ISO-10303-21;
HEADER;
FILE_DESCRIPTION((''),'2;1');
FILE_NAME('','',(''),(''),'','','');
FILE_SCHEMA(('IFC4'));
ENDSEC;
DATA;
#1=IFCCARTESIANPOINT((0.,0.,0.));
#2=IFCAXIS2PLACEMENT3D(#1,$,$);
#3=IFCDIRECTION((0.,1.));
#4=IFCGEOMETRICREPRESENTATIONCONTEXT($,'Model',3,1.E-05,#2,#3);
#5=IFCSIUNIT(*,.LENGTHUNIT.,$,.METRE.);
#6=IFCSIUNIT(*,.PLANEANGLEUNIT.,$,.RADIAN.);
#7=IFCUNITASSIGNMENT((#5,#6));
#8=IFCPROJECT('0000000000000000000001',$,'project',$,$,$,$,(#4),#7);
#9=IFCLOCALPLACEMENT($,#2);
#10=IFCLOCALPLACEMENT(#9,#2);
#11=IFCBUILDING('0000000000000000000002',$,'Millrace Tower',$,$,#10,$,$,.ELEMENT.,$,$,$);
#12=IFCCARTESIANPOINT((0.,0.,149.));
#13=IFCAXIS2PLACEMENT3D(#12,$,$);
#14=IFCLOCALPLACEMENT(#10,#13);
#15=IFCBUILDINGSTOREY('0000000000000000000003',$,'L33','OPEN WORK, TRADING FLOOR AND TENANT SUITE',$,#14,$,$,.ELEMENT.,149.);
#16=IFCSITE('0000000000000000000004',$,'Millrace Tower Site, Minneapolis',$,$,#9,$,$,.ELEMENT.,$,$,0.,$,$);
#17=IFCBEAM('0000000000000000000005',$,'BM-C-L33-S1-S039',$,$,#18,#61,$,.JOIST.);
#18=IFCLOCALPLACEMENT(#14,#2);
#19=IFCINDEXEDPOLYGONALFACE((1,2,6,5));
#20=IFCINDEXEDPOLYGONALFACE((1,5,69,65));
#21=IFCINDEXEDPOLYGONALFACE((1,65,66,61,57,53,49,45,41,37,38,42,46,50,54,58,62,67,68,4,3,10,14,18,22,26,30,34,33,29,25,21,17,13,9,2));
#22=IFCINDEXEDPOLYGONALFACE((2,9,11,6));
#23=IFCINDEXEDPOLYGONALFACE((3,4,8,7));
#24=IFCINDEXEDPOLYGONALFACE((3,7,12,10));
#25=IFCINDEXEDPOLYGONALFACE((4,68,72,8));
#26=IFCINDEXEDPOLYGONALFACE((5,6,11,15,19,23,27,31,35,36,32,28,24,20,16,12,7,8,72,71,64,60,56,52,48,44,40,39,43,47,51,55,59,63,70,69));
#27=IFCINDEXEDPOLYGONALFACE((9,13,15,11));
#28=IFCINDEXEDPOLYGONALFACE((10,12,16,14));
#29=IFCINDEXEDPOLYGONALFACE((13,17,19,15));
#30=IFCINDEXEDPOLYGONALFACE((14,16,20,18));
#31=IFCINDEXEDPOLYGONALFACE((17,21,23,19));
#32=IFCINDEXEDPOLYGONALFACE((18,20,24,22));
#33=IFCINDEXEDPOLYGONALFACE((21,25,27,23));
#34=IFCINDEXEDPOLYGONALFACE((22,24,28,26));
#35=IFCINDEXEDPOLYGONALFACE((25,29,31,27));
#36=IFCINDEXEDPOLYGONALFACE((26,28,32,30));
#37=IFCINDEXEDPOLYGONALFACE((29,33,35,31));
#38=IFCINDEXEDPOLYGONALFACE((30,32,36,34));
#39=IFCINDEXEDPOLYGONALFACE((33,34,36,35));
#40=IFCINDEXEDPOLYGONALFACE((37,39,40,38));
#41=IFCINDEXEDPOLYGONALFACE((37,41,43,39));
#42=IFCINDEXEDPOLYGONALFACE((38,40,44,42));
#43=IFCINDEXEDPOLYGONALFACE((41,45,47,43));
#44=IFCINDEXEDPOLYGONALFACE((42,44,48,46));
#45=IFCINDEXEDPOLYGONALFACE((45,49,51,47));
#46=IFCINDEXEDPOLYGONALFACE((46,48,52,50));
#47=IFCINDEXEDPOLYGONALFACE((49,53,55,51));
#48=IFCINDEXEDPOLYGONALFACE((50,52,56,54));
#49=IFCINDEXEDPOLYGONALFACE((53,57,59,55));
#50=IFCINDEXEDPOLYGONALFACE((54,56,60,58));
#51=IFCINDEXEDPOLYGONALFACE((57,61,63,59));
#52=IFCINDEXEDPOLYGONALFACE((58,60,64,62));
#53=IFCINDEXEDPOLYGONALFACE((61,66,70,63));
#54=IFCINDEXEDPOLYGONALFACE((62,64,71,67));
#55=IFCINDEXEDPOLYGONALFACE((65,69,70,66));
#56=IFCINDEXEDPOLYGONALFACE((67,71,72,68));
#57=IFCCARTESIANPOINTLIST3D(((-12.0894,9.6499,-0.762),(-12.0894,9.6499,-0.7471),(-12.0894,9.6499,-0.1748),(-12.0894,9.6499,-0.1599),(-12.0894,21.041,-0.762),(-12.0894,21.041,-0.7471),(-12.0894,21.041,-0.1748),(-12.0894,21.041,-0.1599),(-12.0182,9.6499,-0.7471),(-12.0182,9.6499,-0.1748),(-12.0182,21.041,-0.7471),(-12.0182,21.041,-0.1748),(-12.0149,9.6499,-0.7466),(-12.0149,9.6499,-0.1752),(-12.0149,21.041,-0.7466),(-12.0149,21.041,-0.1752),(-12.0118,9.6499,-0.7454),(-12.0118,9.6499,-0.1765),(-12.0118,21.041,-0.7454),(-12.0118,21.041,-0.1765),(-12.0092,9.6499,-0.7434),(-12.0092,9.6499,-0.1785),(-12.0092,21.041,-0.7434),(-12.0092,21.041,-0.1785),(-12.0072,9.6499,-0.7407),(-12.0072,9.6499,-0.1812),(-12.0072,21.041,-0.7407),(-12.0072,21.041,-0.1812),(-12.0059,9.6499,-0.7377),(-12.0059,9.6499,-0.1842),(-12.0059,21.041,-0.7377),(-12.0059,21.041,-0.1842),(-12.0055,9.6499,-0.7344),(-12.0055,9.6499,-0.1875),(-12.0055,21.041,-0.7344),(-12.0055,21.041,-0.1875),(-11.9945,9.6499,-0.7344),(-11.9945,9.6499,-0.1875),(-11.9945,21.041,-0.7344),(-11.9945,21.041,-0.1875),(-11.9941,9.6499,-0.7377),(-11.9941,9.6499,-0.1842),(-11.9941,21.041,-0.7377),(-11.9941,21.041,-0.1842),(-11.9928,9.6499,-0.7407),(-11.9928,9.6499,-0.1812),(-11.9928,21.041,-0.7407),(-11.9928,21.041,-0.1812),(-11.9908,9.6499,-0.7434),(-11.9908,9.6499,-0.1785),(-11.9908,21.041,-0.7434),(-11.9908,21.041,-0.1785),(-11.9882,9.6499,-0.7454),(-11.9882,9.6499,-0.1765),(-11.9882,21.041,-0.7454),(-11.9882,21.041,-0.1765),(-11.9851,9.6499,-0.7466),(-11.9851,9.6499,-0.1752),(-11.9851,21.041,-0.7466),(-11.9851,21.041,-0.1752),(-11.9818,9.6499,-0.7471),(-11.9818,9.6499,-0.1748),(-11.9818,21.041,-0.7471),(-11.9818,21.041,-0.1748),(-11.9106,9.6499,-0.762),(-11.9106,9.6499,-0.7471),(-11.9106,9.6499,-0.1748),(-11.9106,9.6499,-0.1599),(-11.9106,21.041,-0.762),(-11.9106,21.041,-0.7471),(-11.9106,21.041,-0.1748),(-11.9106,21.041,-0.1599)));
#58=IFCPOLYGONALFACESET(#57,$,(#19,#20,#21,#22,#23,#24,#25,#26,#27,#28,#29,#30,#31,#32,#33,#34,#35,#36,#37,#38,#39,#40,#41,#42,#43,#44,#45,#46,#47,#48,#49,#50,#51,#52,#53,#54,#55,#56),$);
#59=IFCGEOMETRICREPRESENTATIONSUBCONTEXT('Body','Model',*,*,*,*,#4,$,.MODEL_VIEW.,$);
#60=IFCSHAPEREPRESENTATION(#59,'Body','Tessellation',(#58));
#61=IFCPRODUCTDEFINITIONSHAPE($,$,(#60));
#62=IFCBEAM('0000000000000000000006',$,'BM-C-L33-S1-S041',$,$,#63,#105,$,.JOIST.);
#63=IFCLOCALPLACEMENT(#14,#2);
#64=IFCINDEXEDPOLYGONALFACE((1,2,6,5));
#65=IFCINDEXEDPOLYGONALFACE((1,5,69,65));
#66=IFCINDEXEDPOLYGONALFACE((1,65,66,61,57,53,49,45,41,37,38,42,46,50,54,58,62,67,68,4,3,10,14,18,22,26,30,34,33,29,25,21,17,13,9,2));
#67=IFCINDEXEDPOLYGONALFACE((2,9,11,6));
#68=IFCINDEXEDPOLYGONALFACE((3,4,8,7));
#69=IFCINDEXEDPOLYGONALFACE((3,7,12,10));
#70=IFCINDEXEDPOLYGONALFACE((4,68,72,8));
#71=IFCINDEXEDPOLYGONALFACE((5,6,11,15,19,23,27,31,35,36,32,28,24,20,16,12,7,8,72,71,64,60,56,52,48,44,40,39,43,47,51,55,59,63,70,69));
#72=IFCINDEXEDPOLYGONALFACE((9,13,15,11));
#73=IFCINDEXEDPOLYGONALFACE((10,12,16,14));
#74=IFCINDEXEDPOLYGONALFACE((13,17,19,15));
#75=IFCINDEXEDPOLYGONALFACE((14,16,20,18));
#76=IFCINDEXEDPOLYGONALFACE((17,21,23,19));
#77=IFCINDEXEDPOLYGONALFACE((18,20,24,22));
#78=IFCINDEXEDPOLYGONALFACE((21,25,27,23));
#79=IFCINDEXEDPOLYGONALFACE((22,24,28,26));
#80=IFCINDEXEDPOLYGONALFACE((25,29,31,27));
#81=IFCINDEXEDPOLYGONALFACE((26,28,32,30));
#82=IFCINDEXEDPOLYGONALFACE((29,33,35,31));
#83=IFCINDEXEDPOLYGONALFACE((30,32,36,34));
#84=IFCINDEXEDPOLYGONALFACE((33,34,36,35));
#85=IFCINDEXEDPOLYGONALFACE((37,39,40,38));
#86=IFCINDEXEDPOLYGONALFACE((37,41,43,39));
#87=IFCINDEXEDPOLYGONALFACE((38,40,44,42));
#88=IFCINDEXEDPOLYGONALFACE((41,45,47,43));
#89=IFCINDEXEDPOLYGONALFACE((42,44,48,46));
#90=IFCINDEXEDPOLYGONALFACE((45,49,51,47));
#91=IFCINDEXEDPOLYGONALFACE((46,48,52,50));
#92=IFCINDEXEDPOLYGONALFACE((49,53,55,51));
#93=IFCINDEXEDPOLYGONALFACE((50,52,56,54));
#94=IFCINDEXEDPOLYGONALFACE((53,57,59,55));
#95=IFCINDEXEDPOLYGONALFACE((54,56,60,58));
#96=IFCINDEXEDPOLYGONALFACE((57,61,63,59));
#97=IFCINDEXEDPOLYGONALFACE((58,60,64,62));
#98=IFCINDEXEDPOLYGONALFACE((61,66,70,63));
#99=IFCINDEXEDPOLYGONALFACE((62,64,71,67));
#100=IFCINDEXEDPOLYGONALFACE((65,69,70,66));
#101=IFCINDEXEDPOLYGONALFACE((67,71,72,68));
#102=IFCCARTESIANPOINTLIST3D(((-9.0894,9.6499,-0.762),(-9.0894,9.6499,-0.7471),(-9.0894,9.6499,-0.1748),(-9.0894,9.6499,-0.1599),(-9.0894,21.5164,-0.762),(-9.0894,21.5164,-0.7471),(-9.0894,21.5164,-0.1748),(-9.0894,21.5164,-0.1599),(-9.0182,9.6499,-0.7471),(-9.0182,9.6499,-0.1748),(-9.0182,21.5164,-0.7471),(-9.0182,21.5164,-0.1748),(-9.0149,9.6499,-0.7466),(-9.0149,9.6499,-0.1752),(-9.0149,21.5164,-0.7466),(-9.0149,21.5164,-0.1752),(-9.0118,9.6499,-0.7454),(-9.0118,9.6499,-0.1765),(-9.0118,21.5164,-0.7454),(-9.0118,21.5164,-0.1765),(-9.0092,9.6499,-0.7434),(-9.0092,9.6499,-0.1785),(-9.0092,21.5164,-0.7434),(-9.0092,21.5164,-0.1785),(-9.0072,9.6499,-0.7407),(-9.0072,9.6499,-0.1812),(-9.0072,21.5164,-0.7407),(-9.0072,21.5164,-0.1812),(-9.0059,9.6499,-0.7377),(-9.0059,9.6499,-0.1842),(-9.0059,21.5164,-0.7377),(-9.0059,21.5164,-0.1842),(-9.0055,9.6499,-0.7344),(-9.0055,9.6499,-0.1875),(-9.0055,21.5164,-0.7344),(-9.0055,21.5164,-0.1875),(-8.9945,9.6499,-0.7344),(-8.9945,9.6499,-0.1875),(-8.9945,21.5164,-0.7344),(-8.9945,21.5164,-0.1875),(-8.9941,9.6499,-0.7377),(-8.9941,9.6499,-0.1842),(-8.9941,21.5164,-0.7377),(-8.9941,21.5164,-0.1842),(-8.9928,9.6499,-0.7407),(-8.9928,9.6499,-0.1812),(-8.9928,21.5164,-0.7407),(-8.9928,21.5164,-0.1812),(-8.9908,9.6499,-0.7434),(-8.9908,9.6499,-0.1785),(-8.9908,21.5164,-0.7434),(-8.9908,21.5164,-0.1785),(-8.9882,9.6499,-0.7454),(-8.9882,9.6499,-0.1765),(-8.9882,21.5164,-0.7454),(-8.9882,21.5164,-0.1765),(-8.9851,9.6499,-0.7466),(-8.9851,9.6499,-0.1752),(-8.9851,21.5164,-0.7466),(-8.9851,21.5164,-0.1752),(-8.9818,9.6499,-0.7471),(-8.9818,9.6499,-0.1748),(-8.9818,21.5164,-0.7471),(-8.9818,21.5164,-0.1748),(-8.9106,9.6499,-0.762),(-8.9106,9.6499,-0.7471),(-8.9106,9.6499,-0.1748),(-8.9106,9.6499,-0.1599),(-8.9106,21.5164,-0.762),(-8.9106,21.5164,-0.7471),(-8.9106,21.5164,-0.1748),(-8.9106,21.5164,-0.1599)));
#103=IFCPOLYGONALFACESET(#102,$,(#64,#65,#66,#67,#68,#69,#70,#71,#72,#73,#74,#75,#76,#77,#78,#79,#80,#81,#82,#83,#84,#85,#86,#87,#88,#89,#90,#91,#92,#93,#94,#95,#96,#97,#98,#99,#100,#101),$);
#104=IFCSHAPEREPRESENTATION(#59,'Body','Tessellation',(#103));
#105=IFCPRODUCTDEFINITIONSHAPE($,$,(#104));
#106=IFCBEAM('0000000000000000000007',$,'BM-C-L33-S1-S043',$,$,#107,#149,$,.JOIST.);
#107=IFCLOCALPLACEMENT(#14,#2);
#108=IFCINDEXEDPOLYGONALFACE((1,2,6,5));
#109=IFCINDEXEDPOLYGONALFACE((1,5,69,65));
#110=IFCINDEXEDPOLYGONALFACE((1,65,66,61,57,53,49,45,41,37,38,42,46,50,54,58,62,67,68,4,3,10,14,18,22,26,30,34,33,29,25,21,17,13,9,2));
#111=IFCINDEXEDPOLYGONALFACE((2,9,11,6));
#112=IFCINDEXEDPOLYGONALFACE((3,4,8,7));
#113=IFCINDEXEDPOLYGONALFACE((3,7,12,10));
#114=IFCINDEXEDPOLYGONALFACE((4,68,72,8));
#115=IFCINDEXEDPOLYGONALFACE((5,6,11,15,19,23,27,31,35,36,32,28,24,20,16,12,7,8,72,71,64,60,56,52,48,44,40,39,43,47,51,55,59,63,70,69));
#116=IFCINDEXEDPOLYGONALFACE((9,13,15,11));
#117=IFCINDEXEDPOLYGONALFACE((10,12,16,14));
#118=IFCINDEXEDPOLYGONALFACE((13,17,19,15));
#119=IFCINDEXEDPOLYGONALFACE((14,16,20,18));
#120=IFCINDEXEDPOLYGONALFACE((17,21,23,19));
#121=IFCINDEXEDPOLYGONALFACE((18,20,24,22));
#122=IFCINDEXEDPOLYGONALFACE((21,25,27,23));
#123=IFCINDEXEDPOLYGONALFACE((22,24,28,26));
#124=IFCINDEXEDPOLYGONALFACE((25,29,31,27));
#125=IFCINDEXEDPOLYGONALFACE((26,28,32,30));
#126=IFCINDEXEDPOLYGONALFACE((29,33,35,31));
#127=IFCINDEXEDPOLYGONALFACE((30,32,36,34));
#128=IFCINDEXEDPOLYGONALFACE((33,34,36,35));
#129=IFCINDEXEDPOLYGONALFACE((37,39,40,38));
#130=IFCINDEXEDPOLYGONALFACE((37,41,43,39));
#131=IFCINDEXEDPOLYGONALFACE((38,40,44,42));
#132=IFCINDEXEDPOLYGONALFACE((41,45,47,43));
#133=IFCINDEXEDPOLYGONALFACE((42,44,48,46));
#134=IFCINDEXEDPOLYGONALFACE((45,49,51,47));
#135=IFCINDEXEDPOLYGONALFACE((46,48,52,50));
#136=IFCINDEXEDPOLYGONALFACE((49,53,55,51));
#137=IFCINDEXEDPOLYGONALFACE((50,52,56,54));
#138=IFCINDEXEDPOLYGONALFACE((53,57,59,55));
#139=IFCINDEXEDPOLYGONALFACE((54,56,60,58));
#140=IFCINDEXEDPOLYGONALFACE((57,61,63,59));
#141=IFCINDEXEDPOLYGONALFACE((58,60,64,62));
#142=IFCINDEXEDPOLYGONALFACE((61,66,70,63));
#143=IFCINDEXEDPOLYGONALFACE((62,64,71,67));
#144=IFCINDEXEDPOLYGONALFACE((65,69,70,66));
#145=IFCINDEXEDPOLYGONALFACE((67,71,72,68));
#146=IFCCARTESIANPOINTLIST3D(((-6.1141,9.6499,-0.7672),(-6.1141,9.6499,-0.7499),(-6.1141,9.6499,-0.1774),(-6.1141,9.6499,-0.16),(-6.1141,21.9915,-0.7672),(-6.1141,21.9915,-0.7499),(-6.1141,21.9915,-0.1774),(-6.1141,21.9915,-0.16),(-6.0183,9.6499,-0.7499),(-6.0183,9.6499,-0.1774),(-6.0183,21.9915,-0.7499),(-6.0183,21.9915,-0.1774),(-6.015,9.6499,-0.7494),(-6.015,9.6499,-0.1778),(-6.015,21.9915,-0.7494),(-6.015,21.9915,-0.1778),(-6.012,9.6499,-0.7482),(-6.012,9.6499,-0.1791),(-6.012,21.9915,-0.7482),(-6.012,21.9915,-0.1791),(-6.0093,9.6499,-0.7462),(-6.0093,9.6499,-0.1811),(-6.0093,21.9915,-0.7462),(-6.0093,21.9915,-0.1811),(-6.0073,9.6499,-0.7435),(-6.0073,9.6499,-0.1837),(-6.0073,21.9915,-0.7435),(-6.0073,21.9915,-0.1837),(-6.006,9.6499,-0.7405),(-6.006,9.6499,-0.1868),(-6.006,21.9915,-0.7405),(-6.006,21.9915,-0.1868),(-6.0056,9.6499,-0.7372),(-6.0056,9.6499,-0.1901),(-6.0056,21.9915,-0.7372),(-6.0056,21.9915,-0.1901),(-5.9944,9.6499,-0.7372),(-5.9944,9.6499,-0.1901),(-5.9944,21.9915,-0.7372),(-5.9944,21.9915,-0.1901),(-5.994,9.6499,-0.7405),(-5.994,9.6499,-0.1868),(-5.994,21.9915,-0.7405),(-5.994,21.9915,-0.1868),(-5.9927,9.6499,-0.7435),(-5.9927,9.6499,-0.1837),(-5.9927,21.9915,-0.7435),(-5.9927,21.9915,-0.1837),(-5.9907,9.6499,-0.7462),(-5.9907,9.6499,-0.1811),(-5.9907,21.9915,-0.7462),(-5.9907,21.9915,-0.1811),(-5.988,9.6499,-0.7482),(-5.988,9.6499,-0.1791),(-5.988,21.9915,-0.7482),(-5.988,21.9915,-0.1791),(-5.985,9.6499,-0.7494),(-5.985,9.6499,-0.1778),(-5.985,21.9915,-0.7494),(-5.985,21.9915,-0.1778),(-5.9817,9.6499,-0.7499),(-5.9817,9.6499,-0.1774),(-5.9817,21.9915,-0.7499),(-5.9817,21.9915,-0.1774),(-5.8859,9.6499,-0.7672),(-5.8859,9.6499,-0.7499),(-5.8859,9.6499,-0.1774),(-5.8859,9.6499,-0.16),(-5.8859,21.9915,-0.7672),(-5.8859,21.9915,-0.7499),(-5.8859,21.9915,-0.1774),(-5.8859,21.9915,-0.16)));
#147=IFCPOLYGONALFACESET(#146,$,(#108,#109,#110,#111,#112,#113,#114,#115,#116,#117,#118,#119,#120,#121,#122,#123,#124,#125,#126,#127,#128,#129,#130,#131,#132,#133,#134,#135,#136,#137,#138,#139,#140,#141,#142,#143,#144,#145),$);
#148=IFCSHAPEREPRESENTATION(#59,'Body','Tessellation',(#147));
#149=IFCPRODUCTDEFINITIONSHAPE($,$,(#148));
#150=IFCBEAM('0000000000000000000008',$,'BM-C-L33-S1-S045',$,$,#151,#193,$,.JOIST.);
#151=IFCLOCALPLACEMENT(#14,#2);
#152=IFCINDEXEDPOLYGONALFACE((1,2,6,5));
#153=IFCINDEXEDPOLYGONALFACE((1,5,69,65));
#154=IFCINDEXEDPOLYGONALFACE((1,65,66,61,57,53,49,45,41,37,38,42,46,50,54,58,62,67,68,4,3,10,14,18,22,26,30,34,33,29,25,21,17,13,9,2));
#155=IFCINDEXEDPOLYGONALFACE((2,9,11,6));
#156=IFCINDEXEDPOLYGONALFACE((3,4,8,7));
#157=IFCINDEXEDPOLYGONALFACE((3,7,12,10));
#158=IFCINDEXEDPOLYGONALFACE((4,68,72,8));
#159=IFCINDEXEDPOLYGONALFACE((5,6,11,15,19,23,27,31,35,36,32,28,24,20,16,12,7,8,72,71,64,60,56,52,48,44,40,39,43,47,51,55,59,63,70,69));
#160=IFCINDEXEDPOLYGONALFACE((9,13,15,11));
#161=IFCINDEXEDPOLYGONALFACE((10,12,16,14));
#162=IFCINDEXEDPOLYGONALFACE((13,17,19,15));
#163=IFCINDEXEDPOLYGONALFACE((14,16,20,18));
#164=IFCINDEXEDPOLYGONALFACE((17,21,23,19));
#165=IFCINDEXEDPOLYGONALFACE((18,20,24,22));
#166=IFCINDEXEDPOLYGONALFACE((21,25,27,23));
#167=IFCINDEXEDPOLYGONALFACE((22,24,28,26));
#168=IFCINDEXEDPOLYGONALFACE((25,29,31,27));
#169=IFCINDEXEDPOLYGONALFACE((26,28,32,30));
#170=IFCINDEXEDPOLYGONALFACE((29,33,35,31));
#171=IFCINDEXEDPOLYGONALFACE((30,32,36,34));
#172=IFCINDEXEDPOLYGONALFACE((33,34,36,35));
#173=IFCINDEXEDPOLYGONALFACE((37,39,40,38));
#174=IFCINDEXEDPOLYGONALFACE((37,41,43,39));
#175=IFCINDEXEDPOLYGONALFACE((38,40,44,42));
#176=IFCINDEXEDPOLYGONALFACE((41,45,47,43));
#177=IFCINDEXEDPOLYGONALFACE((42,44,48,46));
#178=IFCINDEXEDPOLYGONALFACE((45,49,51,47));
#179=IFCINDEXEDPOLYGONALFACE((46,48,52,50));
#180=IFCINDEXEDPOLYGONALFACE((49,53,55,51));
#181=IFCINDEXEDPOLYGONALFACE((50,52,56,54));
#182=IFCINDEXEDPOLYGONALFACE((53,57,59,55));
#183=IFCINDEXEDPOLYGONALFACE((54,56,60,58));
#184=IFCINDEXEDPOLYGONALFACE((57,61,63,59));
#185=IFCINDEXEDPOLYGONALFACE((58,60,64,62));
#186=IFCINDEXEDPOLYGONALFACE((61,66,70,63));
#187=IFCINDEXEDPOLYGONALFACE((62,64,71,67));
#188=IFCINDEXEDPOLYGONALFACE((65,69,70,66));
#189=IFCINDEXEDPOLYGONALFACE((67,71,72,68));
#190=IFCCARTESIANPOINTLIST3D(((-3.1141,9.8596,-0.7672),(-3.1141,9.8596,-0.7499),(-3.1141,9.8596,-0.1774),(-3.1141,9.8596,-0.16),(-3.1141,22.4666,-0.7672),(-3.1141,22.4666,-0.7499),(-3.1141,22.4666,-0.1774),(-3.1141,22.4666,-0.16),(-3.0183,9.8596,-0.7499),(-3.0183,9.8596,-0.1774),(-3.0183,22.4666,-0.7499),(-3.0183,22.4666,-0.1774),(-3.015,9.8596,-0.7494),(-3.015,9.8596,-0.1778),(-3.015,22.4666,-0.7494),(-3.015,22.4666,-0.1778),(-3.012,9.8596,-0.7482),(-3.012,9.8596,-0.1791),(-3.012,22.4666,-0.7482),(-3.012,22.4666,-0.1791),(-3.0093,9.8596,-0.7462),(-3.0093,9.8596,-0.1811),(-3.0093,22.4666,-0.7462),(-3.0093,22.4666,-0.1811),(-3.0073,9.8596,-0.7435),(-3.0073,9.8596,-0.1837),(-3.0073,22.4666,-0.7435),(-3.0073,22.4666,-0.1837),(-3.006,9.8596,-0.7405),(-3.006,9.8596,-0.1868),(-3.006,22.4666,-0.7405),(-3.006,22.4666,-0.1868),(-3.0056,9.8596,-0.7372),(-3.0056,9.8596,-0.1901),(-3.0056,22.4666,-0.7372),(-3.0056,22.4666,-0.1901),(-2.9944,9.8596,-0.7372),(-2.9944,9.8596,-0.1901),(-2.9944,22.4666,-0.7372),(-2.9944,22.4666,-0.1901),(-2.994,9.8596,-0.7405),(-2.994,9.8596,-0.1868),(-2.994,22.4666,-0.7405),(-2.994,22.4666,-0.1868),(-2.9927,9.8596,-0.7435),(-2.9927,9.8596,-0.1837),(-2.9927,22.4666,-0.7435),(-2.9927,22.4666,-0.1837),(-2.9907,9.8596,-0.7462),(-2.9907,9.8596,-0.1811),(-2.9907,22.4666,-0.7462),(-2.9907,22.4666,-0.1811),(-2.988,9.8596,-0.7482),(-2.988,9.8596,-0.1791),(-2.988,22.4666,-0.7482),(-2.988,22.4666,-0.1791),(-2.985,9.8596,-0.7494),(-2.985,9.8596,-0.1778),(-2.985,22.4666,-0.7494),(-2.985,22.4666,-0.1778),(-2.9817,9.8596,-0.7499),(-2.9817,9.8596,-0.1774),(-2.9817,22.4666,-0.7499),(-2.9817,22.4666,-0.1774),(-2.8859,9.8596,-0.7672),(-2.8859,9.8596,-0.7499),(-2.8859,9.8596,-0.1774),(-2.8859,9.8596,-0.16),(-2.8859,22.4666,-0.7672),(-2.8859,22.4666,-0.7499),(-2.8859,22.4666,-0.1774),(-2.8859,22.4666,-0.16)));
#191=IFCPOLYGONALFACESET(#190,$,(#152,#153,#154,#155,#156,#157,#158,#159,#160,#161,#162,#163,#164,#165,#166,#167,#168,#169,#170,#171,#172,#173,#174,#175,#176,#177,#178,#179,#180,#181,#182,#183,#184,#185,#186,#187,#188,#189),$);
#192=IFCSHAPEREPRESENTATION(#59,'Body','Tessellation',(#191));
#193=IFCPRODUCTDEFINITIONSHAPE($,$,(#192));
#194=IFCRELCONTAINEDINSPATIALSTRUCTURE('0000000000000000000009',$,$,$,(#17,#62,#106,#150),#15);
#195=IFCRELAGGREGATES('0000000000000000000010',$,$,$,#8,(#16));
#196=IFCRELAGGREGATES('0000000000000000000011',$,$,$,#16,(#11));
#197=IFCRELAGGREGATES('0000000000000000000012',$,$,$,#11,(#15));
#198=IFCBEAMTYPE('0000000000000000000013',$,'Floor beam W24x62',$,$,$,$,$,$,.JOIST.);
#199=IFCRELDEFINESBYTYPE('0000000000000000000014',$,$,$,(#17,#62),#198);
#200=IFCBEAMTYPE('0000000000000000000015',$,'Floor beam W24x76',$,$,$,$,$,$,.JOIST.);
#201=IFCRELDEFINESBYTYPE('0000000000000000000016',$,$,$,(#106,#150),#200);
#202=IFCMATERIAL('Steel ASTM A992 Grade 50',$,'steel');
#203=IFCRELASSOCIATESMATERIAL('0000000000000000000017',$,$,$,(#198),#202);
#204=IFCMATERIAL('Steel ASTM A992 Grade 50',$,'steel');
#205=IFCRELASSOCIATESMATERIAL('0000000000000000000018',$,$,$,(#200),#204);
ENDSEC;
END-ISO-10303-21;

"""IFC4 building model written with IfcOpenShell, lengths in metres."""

from ifc_helpers import new_model, si_unit, direction, frame, origin, origin_2d, place, context, subcontext, project, spatial, i_section, extrude, material, material_profile, profile_set, type_object, element, save


model = new_model("IFC4")

# Units and contexts
model_context = context("Model", 3, precision=1e-05, world=origin(), true_north=direction((0.0, 1.0)))
body_context = subcontext(model_context, "Body", "Model", "MODEL_VIEW")
ifc_project = project(units=[si_unit("LENGTHUNIT", "METRE"), si_unit("PLANEANGLEUNIT", "RADIAN")], contexts=[model_context])

# Site, building, storey
site_placement = place(None, origin())
site = spatial("IfcSite", under=ifc_project, at=site_placement, Name="Millrace Tower Site, Minneapolis", CompositionType="ELEMENT", RefElevation=0.0)
building_placement = place(site_placement, origin())
building = spatial("IfcBuilding", under=site, at=building_placement, Name="Millrace Tower", CompositionType="ELEMENT")
storey_placement = place(building_placement, frame((0.0, 0.0, 149.0)))
storey = spatial("IfcBuildingStorey", under=building, at=storey_placement, Name="L33", Description="OPEN WORK, TRADING FLOOR AND TENANT SUITE", CompositionType="ELEMENT", Elevation=149.0)

# Beams
ifc_material_1 = material(Name="Steel ASTM A992 Grade 50", Category="steel")
ifc_material_profile_1 = material_profile(ifc_material_1, i_section(OverallWidth=0.1787, OverallDepth=0.6021, WebThickness=0.011, FlangeThickness=0.0149, FilletRadius=0.0127, at=origin_2d()))
ifc_profile_set_1 = profile_set([ifc_material_profile_1], Name="Steel ASTM A992 Grade 50")
beam_type_1 = type_object("IfcBeamType", Name="Floor beam W24x62", PredefinedType="JOIST", material=ifc_profile_set_1)
beam_1_placement = place(storey_placement, frame((-12.0, 9.6499, -0.4609), z_axis=(0.0, 1.0, 0.0), x_axis=(-1.0, 0.0, 0.0)))
element("IfcBeam", 1, at=beam_1_placement, inside=storey, type_object=beam_type_1, Name="BM-C-L33-S1-S039", PredefinedType="JOIST", context=body_context, shape_type="SweptSolid", body=[
    extrude(i_section(OverallWidth=0.1787, OverallDepth=0.6021, WebThickness=0.011, FlangeThickness=0.0149, FilletRadius=0.0127, at=origin_2d()), origin(), (0.0, 0.0, 1.0), 11.3911),
])
beam_2_placement = place(storey_placement, frame((-9.0, 9.6499, -0.4609), z_axis=(0.0, 1.0, 0.0), x_axis=(-1.0, 0.0, 0.0)))
element("IfcBeam", 2, at=beam_2_placement, inside=storey, type_object=beam_type_1, Name="BM-C-L33-S1-S041", PredefinedType="JOIST", context=body_context, shape_type="SweptSolid", body=[
    extrude(i_section(OverallWidth=0.1787, OverallDepth=0.6021, WebThickness=0.011, FlangeThickness=0.0149, FilletRadius=0.0127, at=origin_2d()), origin(), (0.0, 0.0, 1.0), 11.8665),
])
ifc_material_2 = material(Name="Steel ASTM A992 Grade 50", Category="steel")
ifc_material_profile_2 = material_profile(ifc_material_2, i_section(OverallWidth=0.2283, OverallDepth=0.6072, WebThickness=0.0112, FlangeThickness=0.0173, FilletRadius=0.0127, at=origin_2d()))
ifc_profile_set_2 = profile_set([ifc_material_profile_2], Name="Steel ASTM A992 Grade 50")
beam_type_2 = type_object("IfcBeamType", Name="Floor beam W24x76", PredefinedType="JOIST", material=ifc_profile_set_2)
beam_3_placement = place(storey_placement, frame((-6.0, 9.6499, -0.4636), z_axis=(0.0, 1.0, 0.0), x_axis=(-1.0, 0.0, 0.0)))
element("IfcBeam", 3, at=beam_3_placement, inside=storey, type_object=beam_type_2, Name="BM-C-L33-S1-S043", PredefinedType="JOIST", context=body_context, shape_type="SweptSolid", body=[
    extrude(i_section(OverallWidth=0.2283, OverallDepth=0.6072, WebThickness=0.0112, FlangeThickness=0.0173, FilletRadius=0.0127, at=origin_2d()), origin(), (0.0, 0.0, 1.0), 12.3416),
])
beam_4_placement = place(storey_placement, frame((-3.0, 9.8596, -0.4636), z_axis=(0.0, 1.0, 0.0), x_axis=(-1.0, 0.0, 0.0)))
element("IfcBeam", 4, at=beam_4_placement, inside=storey, type_object=beam_type_2, Name="BM-C-L33-S1-S045", PredefinedType="JOIST", context=body_context, shape_type="SweptSolid", body=[
    extrude(i_section(OverallWidth=0.2283, OverallDepth=0.6072, WebThickness=0.0112, FlangeThickness=0.0173, FilletRadius=0.0127, at=origin_2d()), origin(), (0.0, 0.0, 1.0), 12.6069),
])

save(model, "model.ifc")
